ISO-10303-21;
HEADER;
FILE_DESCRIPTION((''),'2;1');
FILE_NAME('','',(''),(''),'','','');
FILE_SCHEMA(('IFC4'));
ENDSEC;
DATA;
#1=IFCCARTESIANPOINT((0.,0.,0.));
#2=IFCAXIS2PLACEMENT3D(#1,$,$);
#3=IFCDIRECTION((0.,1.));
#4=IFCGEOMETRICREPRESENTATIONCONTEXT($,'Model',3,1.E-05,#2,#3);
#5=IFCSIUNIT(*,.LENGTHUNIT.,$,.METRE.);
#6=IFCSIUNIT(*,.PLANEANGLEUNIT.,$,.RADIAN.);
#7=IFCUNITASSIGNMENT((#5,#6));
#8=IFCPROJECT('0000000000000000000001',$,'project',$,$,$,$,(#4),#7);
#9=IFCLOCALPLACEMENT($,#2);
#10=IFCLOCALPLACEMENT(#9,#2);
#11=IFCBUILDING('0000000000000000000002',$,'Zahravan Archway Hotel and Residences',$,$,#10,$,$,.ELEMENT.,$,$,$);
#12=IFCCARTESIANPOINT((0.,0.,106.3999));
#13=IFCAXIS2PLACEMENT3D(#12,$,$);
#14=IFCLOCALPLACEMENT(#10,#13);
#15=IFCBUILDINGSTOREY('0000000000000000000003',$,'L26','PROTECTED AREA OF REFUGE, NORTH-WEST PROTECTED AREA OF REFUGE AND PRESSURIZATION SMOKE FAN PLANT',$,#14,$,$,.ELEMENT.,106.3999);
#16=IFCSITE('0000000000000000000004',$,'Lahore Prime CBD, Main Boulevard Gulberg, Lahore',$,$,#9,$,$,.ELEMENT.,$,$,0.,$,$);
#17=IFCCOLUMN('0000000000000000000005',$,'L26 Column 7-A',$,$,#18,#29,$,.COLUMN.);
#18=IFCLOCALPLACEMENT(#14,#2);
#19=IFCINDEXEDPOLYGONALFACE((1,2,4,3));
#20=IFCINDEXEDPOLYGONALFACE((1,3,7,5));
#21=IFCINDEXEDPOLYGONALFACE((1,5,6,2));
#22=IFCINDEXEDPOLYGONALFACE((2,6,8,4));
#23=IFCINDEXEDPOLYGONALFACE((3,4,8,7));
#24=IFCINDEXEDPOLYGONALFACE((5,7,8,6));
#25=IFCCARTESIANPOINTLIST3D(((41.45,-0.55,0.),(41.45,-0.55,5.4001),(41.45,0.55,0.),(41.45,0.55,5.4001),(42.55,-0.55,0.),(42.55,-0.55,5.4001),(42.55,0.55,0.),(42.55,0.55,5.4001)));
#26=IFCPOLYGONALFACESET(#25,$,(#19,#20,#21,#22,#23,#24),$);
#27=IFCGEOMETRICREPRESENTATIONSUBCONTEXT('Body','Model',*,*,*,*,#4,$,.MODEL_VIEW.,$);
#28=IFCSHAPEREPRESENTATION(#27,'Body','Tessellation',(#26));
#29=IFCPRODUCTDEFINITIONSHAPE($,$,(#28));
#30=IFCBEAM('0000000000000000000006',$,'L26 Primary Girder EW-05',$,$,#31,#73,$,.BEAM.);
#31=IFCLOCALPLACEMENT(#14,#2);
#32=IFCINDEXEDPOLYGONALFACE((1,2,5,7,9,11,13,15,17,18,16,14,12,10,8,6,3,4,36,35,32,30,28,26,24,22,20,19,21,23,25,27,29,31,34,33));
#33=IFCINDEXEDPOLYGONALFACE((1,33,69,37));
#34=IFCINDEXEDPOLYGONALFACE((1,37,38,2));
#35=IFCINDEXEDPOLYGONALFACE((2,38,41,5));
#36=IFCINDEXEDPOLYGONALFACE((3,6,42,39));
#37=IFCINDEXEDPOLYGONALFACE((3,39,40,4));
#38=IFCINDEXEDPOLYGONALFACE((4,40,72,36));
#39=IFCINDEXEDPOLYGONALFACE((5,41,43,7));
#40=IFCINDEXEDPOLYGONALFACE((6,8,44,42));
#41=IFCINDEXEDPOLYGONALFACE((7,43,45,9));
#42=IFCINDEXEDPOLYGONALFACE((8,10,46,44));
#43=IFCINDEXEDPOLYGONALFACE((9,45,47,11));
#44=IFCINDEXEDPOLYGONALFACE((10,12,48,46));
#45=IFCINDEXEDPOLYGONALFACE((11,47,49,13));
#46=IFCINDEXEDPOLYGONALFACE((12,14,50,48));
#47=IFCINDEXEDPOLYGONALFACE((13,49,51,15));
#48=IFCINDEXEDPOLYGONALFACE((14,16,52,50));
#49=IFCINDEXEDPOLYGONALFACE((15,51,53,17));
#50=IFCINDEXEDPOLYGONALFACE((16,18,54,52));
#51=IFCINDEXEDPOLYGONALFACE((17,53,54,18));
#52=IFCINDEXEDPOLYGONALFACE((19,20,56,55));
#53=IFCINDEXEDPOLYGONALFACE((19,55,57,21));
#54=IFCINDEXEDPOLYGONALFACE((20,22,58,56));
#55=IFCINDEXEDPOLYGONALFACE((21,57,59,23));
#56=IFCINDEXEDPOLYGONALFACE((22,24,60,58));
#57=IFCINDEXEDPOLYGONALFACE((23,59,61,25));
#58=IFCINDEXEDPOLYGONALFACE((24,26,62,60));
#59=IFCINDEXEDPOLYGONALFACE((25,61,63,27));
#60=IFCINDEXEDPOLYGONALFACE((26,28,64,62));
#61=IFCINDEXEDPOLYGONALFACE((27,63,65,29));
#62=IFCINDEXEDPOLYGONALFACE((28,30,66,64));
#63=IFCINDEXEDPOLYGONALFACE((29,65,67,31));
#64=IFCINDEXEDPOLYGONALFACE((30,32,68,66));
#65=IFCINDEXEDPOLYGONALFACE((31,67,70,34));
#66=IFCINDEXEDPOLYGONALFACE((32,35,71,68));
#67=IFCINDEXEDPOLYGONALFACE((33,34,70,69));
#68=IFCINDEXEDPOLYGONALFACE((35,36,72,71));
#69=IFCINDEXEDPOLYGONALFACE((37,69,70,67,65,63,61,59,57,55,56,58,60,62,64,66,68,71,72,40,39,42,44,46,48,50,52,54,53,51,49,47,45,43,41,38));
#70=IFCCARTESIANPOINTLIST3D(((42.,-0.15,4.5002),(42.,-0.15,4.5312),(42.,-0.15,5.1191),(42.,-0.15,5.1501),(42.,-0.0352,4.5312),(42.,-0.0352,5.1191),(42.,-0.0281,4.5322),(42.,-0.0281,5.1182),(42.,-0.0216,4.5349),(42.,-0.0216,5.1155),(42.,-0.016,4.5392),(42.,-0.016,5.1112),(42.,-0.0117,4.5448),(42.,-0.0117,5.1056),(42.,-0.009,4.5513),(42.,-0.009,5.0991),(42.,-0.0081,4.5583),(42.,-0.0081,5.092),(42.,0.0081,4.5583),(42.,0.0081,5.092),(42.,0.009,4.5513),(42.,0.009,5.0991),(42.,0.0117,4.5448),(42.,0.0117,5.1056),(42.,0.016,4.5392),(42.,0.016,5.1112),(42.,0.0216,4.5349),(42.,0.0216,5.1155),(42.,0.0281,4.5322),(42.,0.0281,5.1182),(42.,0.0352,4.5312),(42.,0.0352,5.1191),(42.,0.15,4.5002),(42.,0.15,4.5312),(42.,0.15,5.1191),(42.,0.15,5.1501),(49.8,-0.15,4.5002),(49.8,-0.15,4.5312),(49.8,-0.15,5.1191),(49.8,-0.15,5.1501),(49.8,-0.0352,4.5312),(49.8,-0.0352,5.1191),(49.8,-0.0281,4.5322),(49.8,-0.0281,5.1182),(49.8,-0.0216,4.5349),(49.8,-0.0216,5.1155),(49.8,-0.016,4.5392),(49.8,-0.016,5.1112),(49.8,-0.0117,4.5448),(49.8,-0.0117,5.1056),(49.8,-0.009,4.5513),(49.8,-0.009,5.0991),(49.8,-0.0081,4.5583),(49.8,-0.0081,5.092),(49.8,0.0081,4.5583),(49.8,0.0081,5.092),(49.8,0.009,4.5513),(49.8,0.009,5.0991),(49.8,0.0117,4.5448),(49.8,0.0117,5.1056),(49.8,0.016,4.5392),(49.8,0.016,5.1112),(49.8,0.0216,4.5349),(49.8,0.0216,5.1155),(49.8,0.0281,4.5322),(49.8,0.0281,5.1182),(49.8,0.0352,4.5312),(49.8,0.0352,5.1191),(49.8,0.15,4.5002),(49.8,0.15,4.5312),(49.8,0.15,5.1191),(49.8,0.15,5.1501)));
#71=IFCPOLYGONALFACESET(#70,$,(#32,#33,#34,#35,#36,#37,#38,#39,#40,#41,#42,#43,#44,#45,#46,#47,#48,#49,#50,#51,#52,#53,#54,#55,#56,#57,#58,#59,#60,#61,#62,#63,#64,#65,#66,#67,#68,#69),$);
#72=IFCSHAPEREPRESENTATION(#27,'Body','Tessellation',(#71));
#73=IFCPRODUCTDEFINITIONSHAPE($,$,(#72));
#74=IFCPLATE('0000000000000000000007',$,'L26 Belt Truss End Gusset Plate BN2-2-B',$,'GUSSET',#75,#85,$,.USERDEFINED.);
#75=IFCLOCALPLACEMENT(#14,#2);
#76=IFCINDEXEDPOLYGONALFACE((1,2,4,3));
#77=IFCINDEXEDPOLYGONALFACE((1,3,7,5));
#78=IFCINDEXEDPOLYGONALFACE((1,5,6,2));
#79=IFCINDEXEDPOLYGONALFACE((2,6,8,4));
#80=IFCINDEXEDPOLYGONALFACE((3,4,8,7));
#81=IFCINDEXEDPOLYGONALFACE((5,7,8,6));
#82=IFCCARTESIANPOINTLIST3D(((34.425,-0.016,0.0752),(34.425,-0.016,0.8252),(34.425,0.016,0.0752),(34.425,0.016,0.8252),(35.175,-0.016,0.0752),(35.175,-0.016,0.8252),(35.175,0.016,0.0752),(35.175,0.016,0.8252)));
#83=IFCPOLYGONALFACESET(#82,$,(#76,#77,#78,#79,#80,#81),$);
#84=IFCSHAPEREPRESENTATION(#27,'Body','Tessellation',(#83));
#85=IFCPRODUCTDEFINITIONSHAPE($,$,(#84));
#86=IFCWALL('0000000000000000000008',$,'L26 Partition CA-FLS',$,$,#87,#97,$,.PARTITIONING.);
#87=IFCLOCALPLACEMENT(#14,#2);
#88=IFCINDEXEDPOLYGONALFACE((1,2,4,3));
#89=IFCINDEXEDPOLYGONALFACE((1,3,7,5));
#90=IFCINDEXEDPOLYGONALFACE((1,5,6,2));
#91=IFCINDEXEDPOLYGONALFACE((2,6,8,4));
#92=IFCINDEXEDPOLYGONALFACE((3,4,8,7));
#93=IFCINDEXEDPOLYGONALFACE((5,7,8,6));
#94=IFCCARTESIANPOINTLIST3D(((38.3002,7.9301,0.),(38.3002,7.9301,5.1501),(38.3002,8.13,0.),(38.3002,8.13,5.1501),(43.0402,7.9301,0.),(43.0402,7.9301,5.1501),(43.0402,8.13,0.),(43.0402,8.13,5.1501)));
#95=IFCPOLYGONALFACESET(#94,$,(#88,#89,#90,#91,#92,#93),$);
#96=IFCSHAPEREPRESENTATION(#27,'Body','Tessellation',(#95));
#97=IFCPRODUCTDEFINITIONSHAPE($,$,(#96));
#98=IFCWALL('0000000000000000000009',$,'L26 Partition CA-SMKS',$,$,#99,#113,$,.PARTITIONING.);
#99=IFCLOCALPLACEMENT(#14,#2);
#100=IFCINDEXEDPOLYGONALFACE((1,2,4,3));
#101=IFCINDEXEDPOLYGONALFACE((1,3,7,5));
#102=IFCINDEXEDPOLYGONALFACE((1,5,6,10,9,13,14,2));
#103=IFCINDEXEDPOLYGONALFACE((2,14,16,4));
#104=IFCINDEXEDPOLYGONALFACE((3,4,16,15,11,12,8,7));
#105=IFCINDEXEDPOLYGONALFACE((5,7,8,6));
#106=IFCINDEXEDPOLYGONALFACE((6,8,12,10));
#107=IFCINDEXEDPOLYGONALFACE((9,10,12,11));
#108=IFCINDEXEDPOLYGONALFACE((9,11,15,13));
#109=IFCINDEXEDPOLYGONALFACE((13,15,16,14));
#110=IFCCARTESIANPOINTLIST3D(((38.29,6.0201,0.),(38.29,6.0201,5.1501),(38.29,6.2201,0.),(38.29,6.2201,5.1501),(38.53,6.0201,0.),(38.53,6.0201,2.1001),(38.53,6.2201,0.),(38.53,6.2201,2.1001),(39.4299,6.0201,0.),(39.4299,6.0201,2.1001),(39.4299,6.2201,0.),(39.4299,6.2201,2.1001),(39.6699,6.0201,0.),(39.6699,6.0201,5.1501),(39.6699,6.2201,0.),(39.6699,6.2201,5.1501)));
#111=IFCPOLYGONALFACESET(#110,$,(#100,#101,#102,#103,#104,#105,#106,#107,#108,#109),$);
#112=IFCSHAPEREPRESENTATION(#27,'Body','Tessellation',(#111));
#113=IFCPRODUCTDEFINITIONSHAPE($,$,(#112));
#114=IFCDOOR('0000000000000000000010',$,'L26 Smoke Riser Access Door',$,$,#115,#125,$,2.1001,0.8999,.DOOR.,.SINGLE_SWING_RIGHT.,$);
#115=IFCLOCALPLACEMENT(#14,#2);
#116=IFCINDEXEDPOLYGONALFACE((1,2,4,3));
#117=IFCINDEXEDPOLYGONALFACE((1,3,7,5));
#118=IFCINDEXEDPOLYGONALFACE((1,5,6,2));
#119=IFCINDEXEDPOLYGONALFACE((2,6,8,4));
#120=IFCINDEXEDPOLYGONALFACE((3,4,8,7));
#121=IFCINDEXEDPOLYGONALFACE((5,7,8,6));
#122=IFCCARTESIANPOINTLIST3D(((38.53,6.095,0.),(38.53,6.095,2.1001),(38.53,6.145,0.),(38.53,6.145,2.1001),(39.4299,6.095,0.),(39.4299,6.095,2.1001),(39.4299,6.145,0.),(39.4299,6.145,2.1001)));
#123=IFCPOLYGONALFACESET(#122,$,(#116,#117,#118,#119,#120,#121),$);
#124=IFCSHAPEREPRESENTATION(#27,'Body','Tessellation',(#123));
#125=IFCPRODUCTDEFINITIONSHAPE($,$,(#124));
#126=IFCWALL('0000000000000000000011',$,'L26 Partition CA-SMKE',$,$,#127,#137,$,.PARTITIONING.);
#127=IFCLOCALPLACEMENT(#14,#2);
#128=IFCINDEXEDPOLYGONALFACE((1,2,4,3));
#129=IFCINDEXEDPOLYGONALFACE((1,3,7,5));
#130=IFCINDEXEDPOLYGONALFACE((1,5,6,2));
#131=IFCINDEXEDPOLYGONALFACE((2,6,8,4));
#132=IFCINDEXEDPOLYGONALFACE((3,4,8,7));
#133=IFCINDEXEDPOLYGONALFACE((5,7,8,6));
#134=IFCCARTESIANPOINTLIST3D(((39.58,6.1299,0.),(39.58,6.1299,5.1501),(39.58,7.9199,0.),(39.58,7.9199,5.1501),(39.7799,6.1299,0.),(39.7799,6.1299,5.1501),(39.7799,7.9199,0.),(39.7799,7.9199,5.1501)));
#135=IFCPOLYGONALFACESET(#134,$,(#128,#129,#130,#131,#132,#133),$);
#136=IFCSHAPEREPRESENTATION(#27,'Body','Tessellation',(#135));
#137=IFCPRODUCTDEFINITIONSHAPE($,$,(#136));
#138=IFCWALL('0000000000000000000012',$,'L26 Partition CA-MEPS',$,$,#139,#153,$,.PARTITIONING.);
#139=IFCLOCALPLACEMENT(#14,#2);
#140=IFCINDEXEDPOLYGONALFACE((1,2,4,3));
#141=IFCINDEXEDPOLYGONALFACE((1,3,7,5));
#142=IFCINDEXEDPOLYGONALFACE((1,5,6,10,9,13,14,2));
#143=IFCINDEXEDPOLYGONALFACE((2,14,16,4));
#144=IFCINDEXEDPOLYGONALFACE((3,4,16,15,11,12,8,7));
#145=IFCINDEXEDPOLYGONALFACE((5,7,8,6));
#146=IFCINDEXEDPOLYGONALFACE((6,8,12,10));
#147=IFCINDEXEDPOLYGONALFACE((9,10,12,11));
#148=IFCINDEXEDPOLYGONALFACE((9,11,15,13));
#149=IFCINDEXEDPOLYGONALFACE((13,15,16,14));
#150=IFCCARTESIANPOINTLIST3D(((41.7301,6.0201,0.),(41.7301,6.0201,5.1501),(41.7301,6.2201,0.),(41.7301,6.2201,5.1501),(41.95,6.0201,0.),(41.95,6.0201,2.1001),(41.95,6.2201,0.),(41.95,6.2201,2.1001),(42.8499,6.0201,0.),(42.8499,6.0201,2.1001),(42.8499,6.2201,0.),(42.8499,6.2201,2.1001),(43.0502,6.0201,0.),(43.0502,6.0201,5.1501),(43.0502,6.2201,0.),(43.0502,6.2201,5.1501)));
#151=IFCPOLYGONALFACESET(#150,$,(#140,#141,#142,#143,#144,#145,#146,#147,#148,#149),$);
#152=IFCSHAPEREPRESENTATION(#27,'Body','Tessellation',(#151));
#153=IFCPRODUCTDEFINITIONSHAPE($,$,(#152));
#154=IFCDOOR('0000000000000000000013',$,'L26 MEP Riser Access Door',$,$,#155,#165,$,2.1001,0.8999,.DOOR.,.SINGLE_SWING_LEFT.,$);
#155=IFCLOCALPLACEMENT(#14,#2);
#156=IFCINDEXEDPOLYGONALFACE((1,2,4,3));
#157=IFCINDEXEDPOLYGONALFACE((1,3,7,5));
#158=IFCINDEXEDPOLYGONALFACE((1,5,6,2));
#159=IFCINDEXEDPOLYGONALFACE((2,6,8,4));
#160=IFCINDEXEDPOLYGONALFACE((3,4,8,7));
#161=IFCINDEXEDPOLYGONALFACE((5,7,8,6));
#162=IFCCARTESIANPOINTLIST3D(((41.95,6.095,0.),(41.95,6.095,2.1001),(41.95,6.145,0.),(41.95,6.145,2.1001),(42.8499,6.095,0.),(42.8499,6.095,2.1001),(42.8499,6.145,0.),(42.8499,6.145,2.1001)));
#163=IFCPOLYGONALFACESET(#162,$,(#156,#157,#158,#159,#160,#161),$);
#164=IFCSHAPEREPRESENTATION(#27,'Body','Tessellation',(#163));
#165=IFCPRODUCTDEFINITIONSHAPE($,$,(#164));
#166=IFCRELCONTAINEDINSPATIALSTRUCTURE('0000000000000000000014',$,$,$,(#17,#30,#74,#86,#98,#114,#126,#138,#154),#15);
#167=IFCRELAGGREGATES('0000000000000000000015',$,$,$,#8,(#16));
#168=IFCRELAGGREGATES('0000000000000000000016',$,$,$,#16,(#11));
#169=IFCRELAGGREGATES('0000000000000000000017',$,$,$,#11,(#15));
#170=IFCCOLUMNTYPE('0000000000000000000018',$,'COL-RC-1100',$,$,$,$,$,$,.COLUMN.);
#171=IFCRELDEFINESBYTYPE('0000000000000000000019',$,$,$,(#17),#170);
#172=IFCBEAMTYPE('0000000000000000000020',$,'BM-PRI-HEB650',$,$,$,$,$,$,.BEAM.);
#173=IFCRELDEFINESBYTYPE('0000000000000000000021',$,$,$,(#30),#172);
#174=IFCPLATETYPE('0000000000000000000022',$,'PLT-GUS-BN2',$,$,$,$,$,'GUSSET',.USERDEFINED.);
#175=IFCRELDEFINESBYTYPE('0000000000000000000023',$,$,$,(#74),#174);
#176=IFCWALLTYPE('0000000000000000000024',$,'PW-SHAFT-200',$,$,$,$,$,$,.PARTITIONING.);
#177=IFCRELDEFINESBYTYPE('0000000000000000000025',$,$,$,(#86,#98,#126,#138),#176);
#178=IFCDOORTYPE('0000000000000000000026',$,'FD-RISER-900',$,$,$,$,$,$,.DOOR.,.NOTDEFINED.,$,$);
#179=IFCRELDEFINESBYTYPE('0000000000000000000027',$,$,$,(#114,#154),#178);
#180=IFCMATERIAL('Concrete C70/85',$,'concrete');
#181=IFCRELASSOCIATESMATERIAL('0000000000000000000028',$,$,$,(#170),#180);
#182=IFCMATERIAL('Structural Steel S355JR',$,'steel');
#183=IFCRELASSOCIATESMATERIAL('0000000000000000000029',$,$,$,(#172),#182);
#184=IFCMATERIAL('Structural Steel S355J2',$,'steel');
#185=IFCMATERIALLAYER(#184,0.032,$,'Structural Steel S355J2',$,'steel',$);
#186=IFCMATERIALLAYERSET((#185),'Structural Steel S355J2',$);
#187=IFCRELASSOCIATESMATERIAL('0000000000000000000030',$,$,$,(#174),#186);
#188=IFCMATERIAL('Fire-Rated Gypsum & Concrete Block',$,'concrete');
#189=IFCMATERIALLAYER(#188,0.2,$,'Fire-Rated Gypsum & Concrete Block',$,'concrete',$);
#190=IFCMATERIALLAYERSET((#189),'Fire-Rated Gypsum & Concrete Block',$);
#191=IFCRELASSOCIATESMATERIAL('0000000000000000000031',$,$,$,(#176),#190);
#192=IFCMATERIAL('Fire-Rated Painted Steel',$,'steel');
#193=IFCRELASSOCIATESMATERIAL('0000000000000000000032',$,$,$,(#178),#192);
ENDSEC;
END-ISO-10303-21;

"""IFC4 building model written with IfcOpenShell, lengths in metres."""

from ifc_helpers import new_model, si_unit, direction, frame, frame_2d, origin, origin_2d, place, context, subcontext, project, spatial, rectangle, i_section, extrude, source, transform, mapped, material, layer, layer_set, material_profile, profile_set, type_object, type_shapes, element, fill, save


model = new_model("IFC4")

# Units and contexts
model_context = context("Model", 3, precision=1e-05, world=origin(), true_north=direction((0.0, 1.0)))
body_context = subcontext(model_context, "Body", "Model", "MODEL_VIEW")
ifc_project = project(units=[si_unit("LENGTHUNIT", "METRE"), si_unit("PLANEANGLEUNIT", "RADIAN")], contexts=[model_context])

# Site, building, storey
site_placement = place(None, origin())
site = spatial("IfcSite", under=ifc_project, at=site_placement, Name="Lahore Prime CBD, Main Boulevard Gulberg, Lahore", CompositionType="ELEMENT", RefElevation=0.0)
building_placement = place(site_placement, origin())
building = spatial("IfcBuilding", under=site, at=building_placement, Name="Zahravan Archway Hotel and Residences", CompositionType="ELEMENT")
storey_placement = place(building_placement, frame((0.0, 0.0, 106.3999)))
storey = spatial("IfcBuildingStorey", under=building, at=storey_placement, Name="L26", Description="PROTECTED AREA OF REFUGE, NORTH-WEST PROTECTED AREA OF REFUGE AND PRESSURIZATION SMOKE FAN PLANT", CompositionType="ELEMENT", Elevation=106.3999)

# Column
ifc_material_1 = material(Name="Concrete C70/85", Category="concrete")
ifc_material_profile_1 = material_profile(ifc_material_1, rectangle(XDim=1.1001, YDim=1.1001, at=origin_2d()), Name="RC 1100x1100", Category="concrete")
ifc_profile_set_1 = profile_set([ifc_material_profile_1], Name="Concrete C70/85")
column_type = type_object("IfcColumnType", Name="COL-RC-1100", PredefinedType="COLUMN", material=ifc_profile_set_1)
shared_shape_1 = source(origin(), body_context, "Body", "SweptSolid", [
    extrude(rectangle(XDim=1.1001, YDim=1.1001, at=origin_2d()), origin(), (0.0, 0.0, 1.0), 5.4001),
])
column_placement = place(storey_placement, frame((42.0, 0.0, 0.0), z_axis=(0.0, 0.0, 1.0), x_axis=(1.0, 0.0, 0.0)))
element("IfcColumn", 1, at=column_placement, inside=storey, type_object=column_type, Name="L26 Column 7-A", PredefinedType="COLUMN", context=body_context, shape_type="MappedRepresentation", body=[
    mapped(shared_shape_1, transform((0.0, 0.0, 0.0), scale=1.0)),
])

# Beam
ifc_material_2 = material(Name="Structural Steel S355JR", Category="steel")
ifc_material_profile_2 = material_profile(ifc_material_2, i_section(OverallWidth=0.3, OverallDepth=0.6499, WebThickness=0.0161, FlangeThickness=0.031, FilletRadius=0.0271, at=origin_2d()), Name="HEB 650", Category="steel")
ifc_profile_set_2 = profile_set([ifc_material_profile_2], Name="Structural Steel S355JR")
beam_type = type_object("IfcBeamType", Name="BM-PRI-HEB650", PredefinedType="BEAM", material=ifc_profile_set_2)
shared_shape_2 = source(origin(), body_context, "Body", "SweptSolid", [
    extrude(i_section(OverallWidth=0.3, OverallDepth=0.6499, WebThickness=0.0161, FlangeThickness=0.031, FilletRadius=0.0271, at=origin_2d()), origin(), (0.0, 0.0, 1.0), 7.8),
])
beam_placement = place(storey_placement, frame((42.0, 0.0, 4.8252), z_axis=(1.0, 0.0, 0.0), x_axis=(0.0, 1.0, 0.0)))
element("IfcBeam", 2, at=beam_placement, inside=storey, type_object=beam_type, Name="L26 Primary Girder EW-05", PredefinedType="BEAM", context=body_context, shape_type="MappedRepresentation", body=[
    mapped(shared_shape_2, transform((0.0, 0.0, 0.0), scale=1.0)),
])

# Plate
ifc_material_3 = material(Name="Structural Steel S355J2", Category="steel")
ifc_layer_1 = layer(ifc_material_3, 0.032, Name="Structural Steel S355J2", Category="steel")
ifc_layer_set_1 = layer_set([ifc_layer_1], Name="Structural Steel S355J2")
plate_type = type_object("IfcPlateType", Name="PLT-GUS-BN2", ElementType="GUSSET", PredefinedType="USERDEFINED", material=ifc_layer_set_1)
shared_shape_3 = source(origin(), body_context, "Body", "SweptSolid", [
    extrude(rectangle(XDim=0.75, YDim=0.032, at=origin_2d()), origin(), (0.0, 0.0, 1.0), 0.75),
])
type_shapes(plate_type, [shared_shape_3])
plate_placement = place(storey_placement, frame((34.8, 0.0, 0.0752), z_axis=(0.0, 0.0, 1.0), x_axis=(1.0, 0.0, 0.0)))
element("IfcPlate", 3, at=plate_placement, inside=storey, type_object=plate_type, Name="L26 Belt Truss End Gusset Plate BN2-2-B", ObjectType="GUSSET", PredefinedType="USERDEFINED", context=body_context, shape_type="MappedRepresentation", body=[
    mapped(shared_shape_3, transform((0.0, 0.0, 0.0), scale=1.0)),
])

# Wall
ifc_material_4 = material(Name="Fire-Rated Gypsum & Concrete Block", Category="concrete")
ifc_layer_2 = layer(ifc_material_4, 0.2, Name="Fire-Rated Gypsum & Concrete Block", Category="concrete")
ifc_layer_set_2 = layer_set([ifc_layer_2], Name="Fire-Rated Gypsum & Concrete Block")
wall_type_1 = type_object("IfcWallType", Name="PW-SHAFT-200", PredefinedType="PARTITIONING", material=ifc_layer_set_2)
wall_1_placement = place(storey_placement, frame((38.3, 8.03, 0.0), z_axis=(0.0, 0.0, 1.0), x_axis=(1.0, 0.0, 0.0)))
element("IfcWall", 4, at=wall_1_placement, inside=storey, type_object=wall_type_1, Name="L26 Partition CA-FLS", PredefinedType="PARTITIONING", context=body_context, shape_type="SweptSolid", body=[
    extrude(rectangle(XDim=4.74, YDim=0.2, at=frame_2d((2.3701, 0.0))), origin(), (0.0, 0.0, 1.0), 5.1501),
])

# Wall, opening, door
wall_2_placement = place(storey_placement, frame((38.29, 6.1201, 0.0), z_axis=(0.0, 0.0, 1.0), x_axis=(1.0, 0.0, 0.0)))
wall_2 = element("IfcWall", 5, at=wall_2_placement, inside=storey, type_object=wall_type_1, Name="L26 Partition CA-SMKS", PredefinedType="PARTITIONING", context=body_context, shape_type="SweptSolid", body=[
    extrude(rectangle(XDim=1.3799, YDim=0.2, at=frame_2d((0.6899, 0.0))), origin(), (0.0, 0.0, 1.0), 5.1501),
])
opening_1_placement = place(wall_2_placement, frame((0.24, 0.0, 0.0)))
opening_1 = element("IfcOpeningElement", 6, at=opening_1_placement, cuts=wall_2, PredefinedType="OPENING", context=body_context, shape_type="SweptSolid", body=[
    extrude(rectangle(XDim=0.8999, YDim=2.1001, at=frame_2d((0.45, 1.05))), frame((0.0, 0.1099, 0.0), z_axis=(0.0, -1.0, 0.0), x_axis=(1.0, 0.0, 0.0)), (0.0, 0.0, 1.0), 0.22),
])
ifc_material_5 = material(Name="Fire-Rated Painted Steel", Category="steel")
door_type = type_object("IfcDoorType", Name="FD-RISER-900", OperationType="NOTDEFINED", PredefinedType="DOOR", material=ifc_material_5)
shared_shape_4 = source(origin(), body_context, "Body", "SweptSolid", [
    extrude(rectangle(XDim=0.8999, YDim=2.1001, at=frame_2d((0.45, 1.05))), frame((0.0, 0.0249, 0.0), z_axis=(0.0, -1.0, 0.0), x_axis=(1.0, 0.0, 0.0)), (0.0, 0.0, 1.0), 0.05),
])
type_shapes(door_type, [shared_shape_4])
door_1_placement = place(opening_1_placement, origin())
door_1 = element("IfcDoor", 7, at=door_1_placement, inside=storey, type_object=door_type, Name="L26 Smoke Riser Access Door", OperationType="SINGLE_SWING_RIGHT", OverallHeight=2.1001, OverallWidth=0.8999, PredefinedType="DOOR", context=body_context, shape_type="MappedRepresentation", body=[
    mapped(shared_shape_4, transform((0.0, 0.0, 0.0), scale=1.0)),
])
fill(opening_1, door_1)

# Wall
wall_3_placement = place(storey_placement, frame((39.6799, 6.1299, 0.0), z_axis=(0.0, 0.0, 1.0), x_axis=(0.0, 1.0, 0.0)))
element("IfcWall", 8, at=wall_3_placement, inside=storey, type_object=wall_type_1, Name="L26 Partition CA-SMKE", PredefinedType="PARTITIONING", context=body_context, shape_type="SweptSolid", body=[
    extrude(rectangle(XDim=1.79, YDim=0.2, at=frame_2d((0.895, 0.0))), origin(), (0.0, 0.0, 1.0), 5.1501),
])

# Wall, opening, door
wall_4_placement = place(storey_placement, frame((41.73, 6.1201, 0.0), z_axis=(0.0, 0.0, 1.0), x_axis=(1.0, 0.0, 0.0)))
wall_4 = element("IfcWall", 9, at=wall_4_placement, inside=storey, type_object=wall_type_1, Name="L26 Partition CA-MEPS", PredefinedType="PARTITIONING", context=body_context, shape_type="SweptSolid", body=[
    extrude(rectangle(XDim=1.3201, YDim=0.2, at=frame_2d((0.6602, 0.0))), origin(), (0.0, 0.0, 1.0), 5.1501),
])
opening_2_placement = place(wall_4_placement, frame((0.22, 0.0, 0.0)))
opening_2 = element("IfcOpeningElement", 10, at=opening_2_placement, cuts=wall_4, PredefinedType="OPENING", context=body_context, shape_type="SweptSolid", body=[
    extrude(rectangle(XDim=0.8999, YDim=2.1001, at=frame_2d((0.45, 1.05))), frame((0.0, 0.1099, 0.0), z_axis=(0.0, -1.0, 0.0), x_axis=(1.0, 0.0, 0.0)), (0.0, 0.0, 1.0), 0.22),
])
door_2_placement = place(opening_2_placement, origin())
door_2 = element("IfcDoor", 11, at=door_2_placement, inside=storey, type_object=door_type, Name="L26 MEP Riser Access Door", OperationType="SINGLE_SWING_LEFT", OverallHeight=2.1001, OverallWidth=0.8999, PredefinedType="DOOR", context=body_context, shape_type="MappedRepresentation", body=[
    mapped(shared_shape_4, transform((0.0, 0.0, 0.0), scale=1.0)),
])
fill(opening_2, door_2)

save(model, "model.ifc")
